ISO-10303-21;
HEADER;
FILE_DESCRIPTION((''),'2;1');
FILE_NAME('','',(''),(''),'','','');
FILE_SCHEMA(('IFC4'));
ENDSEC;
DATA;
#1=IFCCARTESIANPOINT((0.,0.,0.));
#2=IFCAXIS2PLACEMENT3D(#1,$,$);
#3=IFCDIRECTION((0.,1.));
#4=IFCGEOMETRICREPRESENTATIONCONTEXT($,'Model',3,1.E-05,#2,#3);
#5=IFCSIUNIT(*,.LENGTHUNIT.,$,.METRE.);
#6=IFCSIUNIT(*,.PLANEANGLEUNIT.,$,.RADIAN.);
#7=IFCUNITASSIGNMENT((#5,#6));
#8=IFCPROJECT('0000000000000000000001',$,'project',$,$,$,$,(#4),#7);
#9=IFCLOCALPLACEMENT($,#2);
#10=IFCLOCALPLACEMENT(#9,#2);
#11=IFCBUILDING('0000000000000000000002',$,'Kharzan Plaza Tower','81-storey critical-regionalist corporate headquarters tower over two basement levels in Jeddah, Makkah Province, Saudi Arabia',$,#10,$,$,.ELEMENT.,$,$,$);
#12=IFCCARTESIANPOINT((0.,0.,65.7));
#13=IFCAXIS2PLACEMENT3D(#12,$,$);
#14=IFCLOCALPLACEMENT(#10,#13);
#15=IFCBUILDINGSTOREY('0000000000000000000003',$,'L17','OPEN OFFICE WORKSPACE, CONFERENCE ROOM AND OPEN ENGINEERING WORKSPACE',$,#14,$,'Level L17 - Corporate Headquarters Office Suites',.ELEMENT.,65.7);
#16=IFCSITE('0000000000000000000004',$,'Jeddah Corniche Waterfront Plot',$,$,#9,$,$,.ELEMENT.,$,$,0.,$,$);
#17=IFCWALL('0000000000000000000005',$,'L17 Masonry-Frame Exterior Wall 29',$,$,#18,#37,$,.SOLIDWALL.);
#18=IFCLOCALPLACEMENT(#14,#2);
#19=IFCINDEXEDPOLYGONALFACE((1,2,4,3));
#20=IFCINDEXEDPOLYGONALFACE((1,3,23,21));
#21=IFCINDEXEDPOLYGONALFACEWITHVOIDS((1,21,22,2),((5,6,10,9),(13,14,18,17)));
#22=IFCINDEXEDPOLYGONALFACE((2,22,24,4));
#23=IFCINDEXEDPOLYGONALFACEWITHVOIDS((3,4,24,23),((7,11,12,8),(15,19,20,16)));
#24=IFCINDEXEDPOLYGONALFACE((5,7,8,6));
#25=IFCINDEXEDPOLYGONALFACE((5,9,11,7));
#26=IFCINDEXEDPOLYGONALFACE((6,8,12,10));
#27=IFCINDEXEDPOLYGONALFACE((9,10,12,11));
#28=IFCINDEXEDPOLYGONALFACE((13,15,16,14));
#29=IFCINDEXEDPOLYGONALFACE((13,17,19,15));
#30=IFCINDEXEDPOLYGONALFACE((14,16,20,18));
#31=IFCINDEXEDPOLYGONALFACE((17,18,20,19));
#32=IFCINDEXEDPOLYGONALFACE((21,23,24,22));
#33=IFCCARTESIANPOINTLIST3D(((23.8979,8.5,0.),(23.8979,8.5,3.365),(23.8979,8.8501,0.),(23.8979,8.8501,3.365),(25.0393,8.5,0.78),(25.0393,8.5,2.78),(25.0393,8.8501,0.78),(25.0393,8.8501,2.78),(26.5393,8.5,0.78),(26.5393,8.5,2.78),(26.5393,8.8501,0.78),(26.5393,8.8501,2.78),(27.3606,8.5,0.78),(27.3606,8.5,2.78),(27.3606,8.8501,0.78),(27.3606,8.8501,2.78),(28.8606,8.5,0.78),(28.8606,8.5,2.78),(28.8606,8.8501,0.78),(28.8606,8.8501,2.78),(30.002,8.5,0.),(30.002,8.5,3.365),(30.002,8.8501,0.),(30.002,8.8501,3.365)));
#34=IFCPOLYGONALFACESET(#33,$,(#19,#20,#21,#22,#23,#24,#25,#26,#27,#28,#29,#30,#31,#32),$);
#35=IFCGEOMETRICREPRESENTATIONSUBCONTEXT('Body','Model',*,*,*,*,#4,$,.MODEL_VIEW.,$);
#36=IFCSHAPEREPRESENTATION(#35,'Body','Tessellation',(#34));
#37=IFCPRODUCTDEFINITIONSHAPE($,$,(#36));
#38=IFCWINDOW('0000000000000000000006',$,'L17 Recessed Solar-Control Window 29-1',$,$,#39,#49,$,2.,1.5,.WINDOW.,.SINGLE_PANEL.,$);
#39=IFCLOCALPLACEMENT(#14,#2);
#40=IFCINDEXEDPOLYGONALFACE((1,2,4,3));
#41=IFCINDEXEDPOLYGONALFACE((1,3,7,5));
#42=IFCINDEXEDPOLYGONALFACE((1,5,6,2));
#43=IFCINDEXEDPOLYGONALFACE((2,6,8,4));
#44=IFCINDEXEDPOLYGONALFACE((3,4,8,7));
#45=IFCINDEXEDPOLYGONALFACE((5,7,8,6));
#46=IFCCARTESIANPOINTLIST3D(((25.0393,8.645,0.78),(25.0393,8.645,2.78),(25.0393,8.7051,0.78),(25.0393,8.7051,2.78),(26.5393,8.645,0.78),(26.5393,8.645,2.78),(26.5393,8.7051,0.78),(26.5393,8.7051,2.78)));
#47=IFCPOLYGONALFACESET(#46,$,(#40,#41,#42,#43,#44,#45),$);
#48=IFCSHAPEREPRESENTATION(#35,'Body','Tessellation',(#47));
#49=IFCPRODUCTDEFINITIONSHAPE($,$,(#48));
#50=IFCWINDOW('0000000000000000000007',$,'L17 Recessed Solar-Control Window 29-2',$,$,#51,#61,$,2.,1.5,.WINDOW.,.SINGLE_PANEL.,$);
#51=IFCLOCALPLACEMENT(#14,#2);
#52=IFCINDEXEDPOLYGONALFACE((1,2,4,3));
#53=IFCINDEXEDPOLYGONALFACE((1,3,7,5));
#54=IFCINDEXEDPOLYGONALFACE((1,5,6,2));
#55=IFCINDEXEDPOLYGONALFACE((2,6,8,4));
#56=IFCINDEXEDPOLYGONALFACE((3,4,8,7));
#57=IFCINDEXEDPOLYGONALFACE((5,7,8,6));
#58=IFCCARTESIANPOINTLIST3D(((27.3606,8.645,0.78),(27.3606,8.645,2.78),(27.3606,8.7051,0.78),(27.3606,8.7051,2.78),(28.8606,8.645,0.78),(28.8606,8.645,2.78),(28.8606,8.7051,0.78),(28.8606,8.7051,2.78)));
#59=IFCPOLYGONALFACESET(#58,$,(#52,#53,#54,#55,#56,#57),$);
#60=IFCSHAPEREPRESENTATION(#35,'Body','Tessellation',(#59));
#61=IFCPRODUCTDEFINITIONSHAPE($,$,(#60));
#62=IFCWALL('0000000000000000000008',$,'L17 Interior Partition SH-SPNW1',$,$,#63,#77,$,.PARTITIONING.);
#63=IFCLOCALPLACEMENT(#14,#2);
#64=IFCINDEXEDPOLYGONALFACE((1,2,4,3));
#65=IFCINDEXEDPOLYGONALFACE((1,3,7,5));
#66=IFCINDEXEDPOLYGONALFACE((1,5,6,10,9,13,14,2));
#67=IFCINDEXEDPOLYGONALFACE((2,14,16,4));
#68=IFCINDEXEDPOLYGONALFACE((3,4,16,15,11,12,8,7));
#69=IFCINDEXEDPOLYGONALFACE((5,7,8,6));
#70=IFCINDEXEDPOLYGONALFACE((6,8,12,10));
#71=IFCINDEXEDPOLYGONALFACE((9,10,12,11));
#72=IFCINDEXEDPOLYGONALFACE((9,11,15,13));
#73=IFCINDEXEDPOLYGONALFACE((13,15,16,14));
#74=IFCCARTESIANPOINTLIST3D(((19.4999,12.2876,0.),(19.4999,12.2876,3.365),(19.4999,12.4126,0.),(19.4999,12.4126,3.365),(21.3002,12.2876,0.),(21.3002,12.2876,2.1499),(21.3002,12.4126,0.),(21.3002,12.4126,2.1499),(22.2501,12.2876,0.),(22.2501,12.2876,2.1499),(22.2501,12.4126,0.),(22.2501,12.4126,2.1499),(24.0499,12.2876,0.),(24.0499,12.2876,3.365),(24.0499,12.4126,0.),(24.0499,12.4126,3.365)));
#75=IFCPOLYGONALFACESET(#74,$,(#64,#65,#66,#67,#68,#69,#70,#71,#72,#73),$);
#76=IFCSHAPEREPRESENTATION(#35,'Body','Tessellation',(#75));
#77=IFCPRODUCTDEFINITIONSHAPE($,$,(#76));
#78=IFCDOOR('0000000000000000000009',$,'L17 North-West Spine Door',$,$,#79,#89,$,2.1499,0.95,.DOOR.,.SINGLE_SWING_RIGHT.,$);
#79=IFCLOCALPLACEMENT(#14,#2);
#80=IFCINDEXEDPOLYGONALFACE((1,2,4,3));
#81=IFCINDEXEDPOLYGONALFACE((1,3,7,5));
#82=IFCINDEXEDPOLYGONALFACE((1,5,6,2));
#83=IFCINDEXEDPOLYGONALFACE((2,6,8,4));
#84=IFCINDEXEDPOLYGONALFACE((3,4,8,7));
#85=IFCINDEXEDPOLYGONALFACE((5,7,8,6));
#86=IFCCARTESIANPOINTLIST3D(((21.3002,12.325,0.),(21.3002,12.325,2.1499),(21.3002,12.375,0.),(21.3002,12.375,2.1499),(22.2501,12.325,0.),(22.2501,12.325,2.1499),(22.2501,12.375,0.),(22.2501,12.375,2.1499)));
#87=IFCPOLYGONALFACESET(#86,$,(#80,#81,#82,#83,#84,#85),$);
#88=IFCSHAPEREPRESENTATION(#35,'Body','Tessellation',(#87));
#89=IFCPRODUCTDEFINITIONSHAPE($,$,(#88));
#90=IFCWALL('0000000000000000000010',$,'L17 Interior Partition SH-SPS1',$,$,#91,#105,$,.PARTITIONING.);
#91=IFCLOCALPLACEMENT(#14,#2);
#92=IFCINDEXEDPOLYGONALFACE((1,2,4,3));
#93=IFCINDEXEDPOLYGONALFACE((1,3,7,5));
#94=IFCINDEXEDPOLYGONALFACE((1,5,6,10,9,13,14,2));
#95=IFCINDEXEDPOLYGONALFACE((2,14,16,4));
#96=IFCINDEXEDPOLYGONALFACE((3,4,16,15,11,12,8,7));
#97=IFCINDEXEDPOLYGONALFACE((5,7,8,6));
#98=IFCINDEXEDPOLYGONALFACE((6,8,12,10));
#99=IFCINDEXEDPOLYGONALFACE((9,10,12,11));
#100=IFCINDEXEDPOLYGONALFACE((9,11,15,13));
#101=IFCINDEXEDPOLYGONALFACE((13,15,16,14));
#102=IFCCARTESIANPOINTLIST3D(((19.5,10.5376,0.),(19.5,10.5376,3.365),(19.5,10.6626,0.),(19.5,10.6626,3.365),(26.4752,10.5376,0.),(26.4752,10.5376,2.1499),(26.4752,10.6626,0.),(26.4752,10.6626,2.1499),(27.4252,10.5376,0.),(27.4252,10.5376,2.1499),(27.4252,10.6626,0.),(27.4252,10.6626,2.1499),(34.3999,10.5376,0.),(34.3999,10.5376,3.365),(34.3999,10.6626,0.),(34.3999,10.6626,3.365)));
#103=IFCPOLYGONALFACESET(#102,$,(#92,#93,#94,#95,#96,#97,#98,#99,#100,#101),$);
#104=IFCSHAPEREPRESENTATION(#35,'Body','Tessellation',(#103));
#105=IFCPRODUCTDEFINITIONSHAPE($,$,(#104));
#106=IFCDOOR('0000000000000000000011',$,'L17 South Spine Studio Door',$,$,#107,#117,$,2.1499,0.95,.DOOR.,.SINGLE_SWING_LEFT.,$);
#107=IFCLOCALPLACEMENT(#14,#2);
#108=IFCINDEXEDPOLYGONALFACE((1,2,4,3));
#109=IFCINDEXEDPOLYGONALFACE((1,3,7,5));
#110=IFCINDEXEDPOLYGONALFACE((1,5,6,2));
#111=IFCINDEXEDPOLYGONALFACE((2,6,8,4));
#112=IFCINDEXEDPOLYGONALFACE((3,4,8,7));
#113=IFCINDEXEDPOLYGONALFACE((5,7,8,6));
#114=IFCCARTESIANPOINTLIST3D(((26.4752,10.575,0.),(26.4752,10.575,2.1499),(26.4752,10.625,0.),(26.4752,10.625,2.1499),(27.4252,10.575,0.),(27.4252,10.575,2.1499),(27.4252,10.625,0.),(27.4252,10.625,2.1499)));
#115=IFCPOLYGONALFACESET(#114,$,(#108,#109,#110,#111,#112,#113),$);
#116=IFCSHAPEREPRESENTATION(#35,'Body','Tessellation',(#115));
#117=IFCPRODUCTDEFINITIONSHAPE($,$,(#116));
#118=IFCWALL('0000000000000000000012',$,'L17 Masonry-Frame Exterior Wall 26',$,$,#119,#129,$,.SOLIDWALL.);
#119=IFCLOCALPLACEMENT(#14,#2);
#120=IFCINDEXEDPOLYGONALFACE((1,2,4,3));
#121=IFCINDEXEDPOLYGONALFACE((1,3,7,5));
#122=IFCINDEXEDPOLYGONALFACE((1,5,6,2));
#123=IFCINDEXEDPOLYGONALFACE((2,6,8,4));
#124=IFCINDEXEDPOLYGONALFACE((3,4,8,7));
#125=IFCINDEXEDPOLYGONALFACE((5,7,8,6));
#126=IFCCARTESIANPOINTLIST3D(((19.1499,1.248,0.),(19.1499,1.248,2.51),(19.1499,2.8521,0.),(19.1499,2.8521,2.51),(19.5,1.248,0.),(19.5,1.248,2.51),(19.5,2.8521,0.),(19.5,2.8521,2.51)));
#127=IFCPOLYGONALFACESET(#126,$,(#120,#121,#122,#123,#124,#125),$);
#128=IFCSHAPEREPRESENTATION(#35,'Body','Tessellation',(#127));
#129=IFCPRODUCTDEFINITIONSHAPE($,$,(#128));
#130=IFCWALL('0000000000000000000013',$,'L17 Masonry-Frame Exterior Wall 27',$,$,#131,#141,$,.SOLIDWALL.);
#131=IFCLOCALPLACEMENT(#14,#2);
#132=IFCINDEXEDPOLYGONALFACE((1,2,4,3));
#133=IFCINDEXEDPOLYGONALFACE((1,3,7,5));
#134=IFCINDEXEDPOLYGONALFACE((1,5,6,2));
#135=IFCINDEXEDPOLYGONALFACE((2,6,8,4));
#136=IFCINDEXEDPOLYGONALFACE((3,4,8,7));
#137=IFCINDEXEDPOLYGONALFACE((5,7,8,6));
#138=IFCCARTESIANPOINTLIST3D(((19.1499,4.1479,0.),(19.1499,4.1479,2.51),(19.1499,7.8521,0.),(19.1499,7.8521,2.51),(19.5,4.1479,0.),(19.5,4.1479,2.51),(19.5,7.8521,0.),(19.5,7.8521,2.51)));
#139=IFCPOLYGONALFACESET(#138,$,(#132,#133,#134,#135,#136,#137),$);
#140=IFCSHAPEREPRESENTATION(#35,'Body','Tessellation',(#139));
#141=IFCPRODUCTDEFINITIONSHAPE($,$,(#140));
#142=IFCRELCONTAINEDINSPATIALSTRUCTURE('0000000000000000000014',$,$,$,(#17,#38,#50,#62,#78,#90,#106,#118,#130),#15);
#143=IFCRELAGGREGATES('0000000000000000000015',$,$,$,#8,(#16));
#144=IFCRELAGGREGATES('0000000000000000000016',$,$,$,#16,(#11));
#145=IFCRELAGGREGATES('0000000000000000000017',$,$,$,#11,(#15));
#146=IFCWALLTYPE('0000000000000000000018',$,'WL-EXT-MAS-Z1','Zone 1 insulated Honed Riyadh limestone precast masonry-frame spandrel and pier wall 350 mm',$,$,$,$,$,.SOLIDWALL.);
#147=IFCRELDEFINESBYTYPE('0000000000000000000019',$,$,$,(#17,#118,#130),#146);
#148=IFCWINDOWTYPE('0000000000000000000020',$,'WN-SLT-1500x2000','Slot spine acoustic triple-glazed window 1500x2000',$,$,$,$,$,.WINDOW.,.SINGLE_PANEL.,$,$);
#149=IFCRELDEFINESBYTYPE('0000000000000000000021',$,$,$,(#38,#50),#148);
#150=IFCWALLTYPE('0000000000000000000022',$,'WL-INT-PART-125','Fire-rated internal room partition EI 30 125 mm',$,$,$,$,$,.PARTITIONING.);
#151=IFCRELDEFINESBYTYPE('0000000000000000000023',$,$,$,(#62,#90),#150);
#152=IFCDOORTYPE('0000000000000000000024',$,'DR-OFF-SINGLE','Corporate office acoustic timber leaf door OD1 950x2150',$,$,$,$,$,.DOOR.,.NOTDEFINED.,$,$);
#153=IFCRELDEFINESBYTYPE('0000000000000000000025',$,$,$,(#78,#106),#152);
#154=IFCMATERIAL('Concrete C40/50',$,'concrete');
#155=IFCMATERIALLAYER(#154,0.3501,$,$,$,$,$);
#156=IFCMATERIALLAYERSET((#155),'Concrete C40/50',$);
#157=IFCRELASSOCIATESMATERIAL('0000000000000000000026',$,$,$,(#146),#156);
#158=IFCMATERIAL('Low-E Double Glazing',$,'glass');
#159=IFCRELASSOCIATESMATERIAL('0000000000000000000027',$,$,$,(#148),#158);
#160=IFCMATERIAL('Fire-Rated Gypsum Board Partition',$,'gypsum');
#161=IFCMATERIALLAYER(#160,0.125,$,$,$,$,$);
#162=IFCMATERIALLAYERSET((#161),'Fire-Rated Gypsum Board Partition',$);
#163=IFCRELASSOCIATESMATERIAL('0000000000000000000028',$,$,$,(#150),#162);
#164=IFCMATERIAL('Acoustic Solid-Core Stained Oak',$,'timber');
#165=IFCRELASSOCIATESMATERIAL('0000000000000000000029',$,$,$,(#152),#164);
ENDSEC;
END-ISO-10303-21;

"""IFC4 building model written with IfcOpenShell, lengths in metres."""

from ifc_helpers import new_model, si_unit, direction, frame, frame_2d, origin, place, context, subcontext, project, spatial, rectangle, extrude, source, transform, mapped, material, layer, layer_set, type_object, element, fill, save


model = new_model("IFC4")

# Units and contexts
model_context = context("Model", 3, precision=1e-05, world=origin(), true_north=direction((0.0, 1.0)))
body_context = subcontext(model_context, "Body", "Model", "MODEL_VIEW")
ifc_project = project(units=[si_unit("LENGTHUNIT", "METRE"), si_unit("PLANEANGLEUNIT", "RADIAN")], contexts=[model_context])

# Site, building, storey
site_placement = place(None, origin())
site = spatial("IfcSite", under=ifc_project, at=site_placement, Name="Jeddah Corniche Waterfront Plot", CompositionType="ELEMENT", RefElevation=0.0)
building_placement = place(site_placement, origin())
building = spatial("IfcBuilding", under=site, at=building_placement, Name="Kharzan Plaza Tower", Description="81-storey critical-regionalist corporate headquarters tower over two basement levels in Jeddah, Makkah Province, Saudi Arabia", CompositionType="ELEMENT")
storey_placement = place(building_placement, frame((0.0, 0.0, 65.7)))
storey = spatial("IfcBuildingStorey", under=building, at=storey_placement, Name="L17", Description="OPEN OFFICE WORKSPACE, CONFERENCE ROOM AND OPEN ENGINEERING WORKSPACE", LongName="Level L17 - Corporate Headquarters Office Suites", CompositionType="ELEMENT", Elevation=65.7)

# Shared definitions
ifc_material_1 = material(Name="Concrete C40/50", Category="concrete")
ifc_layer_1 = layer(ifc_material_1, 0.3501)
ifc_layer_set_1 = layer_set([ifc_layer_1], Name="Concrete C40/50")
wall_type_1 = type_object("IfcWallType", Name="WL-EXT-MAS-Z1", Description="Zone 1 insulated Honed Riyadh limestone precast masonry-frame spandrel and pier wall 350 mm", PredefinedType="SOLIDWALL", material=ifc_layer_set_1)
ifc_material_2 = material(Name="Low-E Double Glazing", Category="glass")
window_type = type_object("IfcWindowType", Name="WN-SLT-1500x2000", Description="Slot spine acoustic triple-glazed window 1500x2000", PartitioningType="SINGLE_PANEL", PredefinedType="WINDOW", material=ifc_material_2)
shared_shape_1 = source(origin(), body_context, "Body", "SweptSolid", [
    extrude(rectangle(XDim=1.5, YDim=2.0, at=frame_2d((0.75, 1.0))), frame((0.0, 0.03, 0.0), z_axis=(0.0, -1.0, 0.0), x_axis=(1.0, 0.0, 0.0)), (0.0, 0.0, 1.0), 0.0601),
])

# Wall, openings, windows
wall_1_placement = place(storey_placement, frame((23.8979, 8.675, 0.0), z_axis=(0.0, 0.0, 1.0), x_axis=(1.0, 0.0, 0.0)))
wall_1 = element("IfcWall", 1, at=wall_1_placement, inside=storey, type_object=wall_type_1, Name="L17 Masonry-Frame Exterior Wall 29", PredefinedType="SOLIDWALL", context=body_context, shape_type="SweptSolid", body=[
    extrude(rectangle(XDim=6.104, YDim=0.3501, at=frame_2d((3.052, 0.0))), origin(), (0.0, 0.0, 1.0), 3.365),
])
opening_1_placement = place(wall_1_placement, frame((1.1414, 0.0, 0.78)))
opening_1 = element("IfcOpeningElement", 2, at=opening_1_placement, cuts=wall_1, PredefinedType="OPENING", context=body_context, shape_type="SweptSolid", body=[
    extrude(rectangle(XDim=1.5, YDim=2.0, at=frame_2d((0.75, 1.0))), frame((0.0, 0.1851, 0.0), z_axis=(0.0, -1.0, 0.0), x_axis=(1.0, 0.0, 0.0)), (0.0, 0.0, 1.0), 0.3701),
])
opening_2_placement = place(wall_1_placement, frame((3.4626, 0.0, 0.78)))
opening_2 = element("IfcOpeningElement", 3, at=opening_2_placement, cuts=wall_1, PredefinedType="OPENING", context=body_context, shape_type="SweptSolid", body=[
    extrude(rectangle(XDim=1.5, YDim=2.0, at=frame_2d((0.75, 1.0))), frame((0.0, 0.1851, 0.0), z_axis=(0.0, -1.0, 0.0), x_axis=(1.0, 0.0, 0.0)), (0.0, 0.0, 1.0), 0.3701),
])
window_1_placement = place(opening_1_placement, origin())
window_1 = element("IfcWindow", 4, at=window_1_placement, inside=storey, type_object=window_type, Name="L17 Recessed Solar-Control Window 29-1", OverallHeight=2.0, OverallWidth=1.5, PartitioningType="SINGLE_PANEL", PredefinedType="WINDOW", context=body_context, shape_type="MappedRepresentation", body=[
    mapped(shared_shape_1, transform((0.0, 0.0, 0.0), x_axis=(1.0, 0.0, 0.0), y_axis=(0.0, 1.0, 0.0), z_axis=(0.0, 0.0, 1.0))),
])
fill(opening_1, window_1)
window_2_placement = place(opening_2_placement, origin())
window_2 = element("IfcWindow", 5, at=window_2_placement, inside=storey, type_object=window_type, Name="L17 Recessed Solar-Control Window 29-2", OverallHeight=2.0, OverallWidth=1.5, PartitioningType="SINGLE_PANEL", PredefinedType="WINDOW", context=body_context, shape_type="MappedRepresentation", body=[
    mapped(shared_shape_1, transform((0.0, 0.0, 0.0), x_axis=(1.0, 0.0, 0.0), y_axis=(0.0, 1.0, 0.0), z_axis=(0.0, 0.0, 1.0))),
])
fill(opening_2, window_2)

# Walls, openings, doors
ifc_material_3 = material(Name="Fire-Rated Gypsum Board Partition", Category="gypsum")
ifc_layer_2 = layer(ifc_material_3, 0.125)
ifc_layer_set_2 = layer_set([ifc_layer_2], Name="Fire-Rated Gypsum Board Partition")
wall_type_2 = type_object("IfcWallType", Name="WL-INT-PART-125", Description="Fire-rated internal room partition EI 30 125 mm", PredefinedType="PARTITIONING", material=ifc_layer_set_2)
wall_2_placement = place(storey_placement, frame((19.5, 12.3501, 0.0), z_axis=(0.0, 0.0, 1.0), x_axis=(1.0, 0.0, 0.0)))
wall_2 = element("IfcWall", 6, at=wall_2_placement, inside=storey, type_object=wall_type_2, Name="L17 Interior Partition SH-SPNW1", PredefinedType="PARTITIONING", context=body_context, shape_type="SweptSolid", body=[
    extrude(rectangle(XDim=4.55, YDim=0.125, at=frame_2d((2.2749, 0.0))), origin(), (0.0, 0.0, 1.0), 3.365),
])
opening_3_placement = place(wall_2_placement, frame((1.8, 0.0, 0.0)))
opening_3 = element("IfcOpeningElement", 7, at=opening_3_placement, cuts=wall_2, PredefinedType="OPENING", context=body_context, shape_type="SweptSolid", body=[
    extrude(rectangle(XDim=0.95, YDim=2.1499, at=frame_2d((0.4751, 1.075))), frame((0.0, 0.0725, 0.0), z_axis=(0.0, -1.0, 0.0), x_axis=(1.0, 0.0, 0.0)), (0.0, 0.0, 1.0), 0.145),
])
ifc_material_4 = material(Name="Acoustic Solid-Core Stained Oak", Category="timber")
door_type = type_object("IfcDoorType", Name="DR-OFF-SINGLE", Description="Corporate office acoustic timber leaf door OD1 950x2150", OperationType="NOTDEFINED", PredefinedType="DOOR", material=ifc_material_4)
shared_shape_2 = source(origin(), body_context, "Body", "SweptSolid", [
    extrude(rectangle(XDim=0.95, YDim=2.1499, at=frame_2d((0.4751, 1.075))), frame((0.0, 0.0249, 0.0), z_axis=(0.0, -1.0, 0.0), x_axis=(1.0, 0.0, 0.0)), (0.0, 0.0, 1.0), 0.05),
])
door_1_placement = place(opening_3_placement, origin())
door_1 = element("IfcDoor", 8, at=door_1_placement, inside=storey, type_object=door_type, Name="L17 North-West Spine Door", OperationType="SINGLE_SWING_RIGHT", OverallHeight=2.1499, OverallWidth=0.95, PredefinedType="DOOR", context=body_context, shape_type="MappedRepresentation", body=[
    mapped(shared_shape_2, transform((0.0, 0.0, 0.0), x_axis=(1.0, 0.0, 0.0), y_axis=(0.0, 1.0, 0.0), z_axis=(0.0, 0.0, 1.0))),
])
fill(opening_3, door_1)
wall_3_placement = place(storey_placement, frame((19.5, 10.6001, 0.0), z_axis=(0.0, 0.0, 1.0), x_axis=(1.0, 0.0, 0.0)))
wall_3 = element("IfcWall", 9, at=wall_3_placement, inside=storey, type_object=wall_type_2, Name="L17 Interior Partition SH-SPS1", PredefinedType="PARTITIONING", context=body_context, shape_type="SweptSolid", body=[
    extrude(rectangle(XDim=14.8999, YDim=0.125, at=frame_2d((7.45, 0.0))), origin(), (0.0, 0.0, 1.0), 3.365),
])
opening_4_placement = place(wall_3_placement, frame((6.9751, 0.0, 0.0)))
opening_4 = element("IfcOpeningElement", 10, at=opening_4_placement, cuts=wall_3, PredefinedType="OPENING", context=body_context, shape_type="SweptSolid", body=[
    extrude(rectangle(XDim=0.95, YDim=2.1499, at=frame_2d((0.4751, 1.075))), frame((0.0, 0.0725, 0.0), z_axis=(0.0, -1.0, 0.0), x_axis=(1.0, 0.0, 0.0)), (0.0, 0.0, 1.0), 0.145),
])
door_2_placement = place(opening_4_placement, origin())
door_2 = element("IfcDoor", 11, at=door_2_placement, inside=storey, type_object=door_type, Name="L17 South Spine Studio Door", OperationType="SINGLE_SWING_LEFT", OverallHeight=2.1499, OverallWidth=0.95, PredefinedType="DOOR", context=body_context, shape_type="MappedRepresentation", body=[
    mapped(shared_shape_2, transform((0.0, 0.0, 0.0), x_axis=(1.0, 0.0, 0.0), y_axis=(0.0, 1.0, 0.0), z_axis=(0.0, 0.0, 1.0))),
])
fill(opening_4, door_2)

# Walls
shared_shape_3 = source(origin(), body_context, "Body", "SweptSolid", [
    extrude(rectangle(XDim=1.604, YDim=0.3501, at=frame_2d((0.802, 0.0))), origin(), (0.0, 0.0, 1.0), 2.51),
])
wall_4_placement = place(storey_placement, frame((19.325, 1.248, 0.0), z_axis=(0.0, 0.0, 1.0), x_axis=(0.0, 1.0, 0.0)))
element("IfcWall", 12, at=wall_4_placement, inside=storey, type_object=wall_type_1, Name="L17 Masonry-Frame Exterior Wall 26", PredefinedType="SOLIDWALL", context=body_context, shape_type="MappedRepresentation", body=[
    mapped(shared_shape_3, transform((0.0, 0.0, 0.0), x_axis=(1.0, 0.0, 0.0), y_axis=(0.0, 1.0, 0.0), z_axis=(0.0, 0.0, 1.0))),
])
shared_shape_4 = source(origin(), body_context, "Body", "SweptSolid", [
    extrude(rectangle(XDim=3.7041, YDim=0.3501, at=frame_2d((1.8521, 0.0))), origin(), (0.0, 0.0, 1.0), 2.51),
])
wall_5_placement = place(storey_placement, frame((19.325, 4.1479, 0.0), z_axis=(0.0, 0.0, 1.0), x_axis=(0.0, 1.0, 0.0)))
element("IfcWall", 13, at=wall_5_placement, inside=storey, type_object=wall_type_1, Name="L17 Masonry-Frame Exterior Wall 27", PredefinedType="SOLIDWALL", context=body_context, shape_type="MappedRepresentation", body=[
    mapped(shared_shape_4, transform((0.0, 0.0, 0.0), x_axis=(1.0, 0.0, 0.0), y_axis=(0.0, 1.0, 0.0), z_axis=(0.0, 0.0, 1.0))),
])

save(model, "model.ifc")
